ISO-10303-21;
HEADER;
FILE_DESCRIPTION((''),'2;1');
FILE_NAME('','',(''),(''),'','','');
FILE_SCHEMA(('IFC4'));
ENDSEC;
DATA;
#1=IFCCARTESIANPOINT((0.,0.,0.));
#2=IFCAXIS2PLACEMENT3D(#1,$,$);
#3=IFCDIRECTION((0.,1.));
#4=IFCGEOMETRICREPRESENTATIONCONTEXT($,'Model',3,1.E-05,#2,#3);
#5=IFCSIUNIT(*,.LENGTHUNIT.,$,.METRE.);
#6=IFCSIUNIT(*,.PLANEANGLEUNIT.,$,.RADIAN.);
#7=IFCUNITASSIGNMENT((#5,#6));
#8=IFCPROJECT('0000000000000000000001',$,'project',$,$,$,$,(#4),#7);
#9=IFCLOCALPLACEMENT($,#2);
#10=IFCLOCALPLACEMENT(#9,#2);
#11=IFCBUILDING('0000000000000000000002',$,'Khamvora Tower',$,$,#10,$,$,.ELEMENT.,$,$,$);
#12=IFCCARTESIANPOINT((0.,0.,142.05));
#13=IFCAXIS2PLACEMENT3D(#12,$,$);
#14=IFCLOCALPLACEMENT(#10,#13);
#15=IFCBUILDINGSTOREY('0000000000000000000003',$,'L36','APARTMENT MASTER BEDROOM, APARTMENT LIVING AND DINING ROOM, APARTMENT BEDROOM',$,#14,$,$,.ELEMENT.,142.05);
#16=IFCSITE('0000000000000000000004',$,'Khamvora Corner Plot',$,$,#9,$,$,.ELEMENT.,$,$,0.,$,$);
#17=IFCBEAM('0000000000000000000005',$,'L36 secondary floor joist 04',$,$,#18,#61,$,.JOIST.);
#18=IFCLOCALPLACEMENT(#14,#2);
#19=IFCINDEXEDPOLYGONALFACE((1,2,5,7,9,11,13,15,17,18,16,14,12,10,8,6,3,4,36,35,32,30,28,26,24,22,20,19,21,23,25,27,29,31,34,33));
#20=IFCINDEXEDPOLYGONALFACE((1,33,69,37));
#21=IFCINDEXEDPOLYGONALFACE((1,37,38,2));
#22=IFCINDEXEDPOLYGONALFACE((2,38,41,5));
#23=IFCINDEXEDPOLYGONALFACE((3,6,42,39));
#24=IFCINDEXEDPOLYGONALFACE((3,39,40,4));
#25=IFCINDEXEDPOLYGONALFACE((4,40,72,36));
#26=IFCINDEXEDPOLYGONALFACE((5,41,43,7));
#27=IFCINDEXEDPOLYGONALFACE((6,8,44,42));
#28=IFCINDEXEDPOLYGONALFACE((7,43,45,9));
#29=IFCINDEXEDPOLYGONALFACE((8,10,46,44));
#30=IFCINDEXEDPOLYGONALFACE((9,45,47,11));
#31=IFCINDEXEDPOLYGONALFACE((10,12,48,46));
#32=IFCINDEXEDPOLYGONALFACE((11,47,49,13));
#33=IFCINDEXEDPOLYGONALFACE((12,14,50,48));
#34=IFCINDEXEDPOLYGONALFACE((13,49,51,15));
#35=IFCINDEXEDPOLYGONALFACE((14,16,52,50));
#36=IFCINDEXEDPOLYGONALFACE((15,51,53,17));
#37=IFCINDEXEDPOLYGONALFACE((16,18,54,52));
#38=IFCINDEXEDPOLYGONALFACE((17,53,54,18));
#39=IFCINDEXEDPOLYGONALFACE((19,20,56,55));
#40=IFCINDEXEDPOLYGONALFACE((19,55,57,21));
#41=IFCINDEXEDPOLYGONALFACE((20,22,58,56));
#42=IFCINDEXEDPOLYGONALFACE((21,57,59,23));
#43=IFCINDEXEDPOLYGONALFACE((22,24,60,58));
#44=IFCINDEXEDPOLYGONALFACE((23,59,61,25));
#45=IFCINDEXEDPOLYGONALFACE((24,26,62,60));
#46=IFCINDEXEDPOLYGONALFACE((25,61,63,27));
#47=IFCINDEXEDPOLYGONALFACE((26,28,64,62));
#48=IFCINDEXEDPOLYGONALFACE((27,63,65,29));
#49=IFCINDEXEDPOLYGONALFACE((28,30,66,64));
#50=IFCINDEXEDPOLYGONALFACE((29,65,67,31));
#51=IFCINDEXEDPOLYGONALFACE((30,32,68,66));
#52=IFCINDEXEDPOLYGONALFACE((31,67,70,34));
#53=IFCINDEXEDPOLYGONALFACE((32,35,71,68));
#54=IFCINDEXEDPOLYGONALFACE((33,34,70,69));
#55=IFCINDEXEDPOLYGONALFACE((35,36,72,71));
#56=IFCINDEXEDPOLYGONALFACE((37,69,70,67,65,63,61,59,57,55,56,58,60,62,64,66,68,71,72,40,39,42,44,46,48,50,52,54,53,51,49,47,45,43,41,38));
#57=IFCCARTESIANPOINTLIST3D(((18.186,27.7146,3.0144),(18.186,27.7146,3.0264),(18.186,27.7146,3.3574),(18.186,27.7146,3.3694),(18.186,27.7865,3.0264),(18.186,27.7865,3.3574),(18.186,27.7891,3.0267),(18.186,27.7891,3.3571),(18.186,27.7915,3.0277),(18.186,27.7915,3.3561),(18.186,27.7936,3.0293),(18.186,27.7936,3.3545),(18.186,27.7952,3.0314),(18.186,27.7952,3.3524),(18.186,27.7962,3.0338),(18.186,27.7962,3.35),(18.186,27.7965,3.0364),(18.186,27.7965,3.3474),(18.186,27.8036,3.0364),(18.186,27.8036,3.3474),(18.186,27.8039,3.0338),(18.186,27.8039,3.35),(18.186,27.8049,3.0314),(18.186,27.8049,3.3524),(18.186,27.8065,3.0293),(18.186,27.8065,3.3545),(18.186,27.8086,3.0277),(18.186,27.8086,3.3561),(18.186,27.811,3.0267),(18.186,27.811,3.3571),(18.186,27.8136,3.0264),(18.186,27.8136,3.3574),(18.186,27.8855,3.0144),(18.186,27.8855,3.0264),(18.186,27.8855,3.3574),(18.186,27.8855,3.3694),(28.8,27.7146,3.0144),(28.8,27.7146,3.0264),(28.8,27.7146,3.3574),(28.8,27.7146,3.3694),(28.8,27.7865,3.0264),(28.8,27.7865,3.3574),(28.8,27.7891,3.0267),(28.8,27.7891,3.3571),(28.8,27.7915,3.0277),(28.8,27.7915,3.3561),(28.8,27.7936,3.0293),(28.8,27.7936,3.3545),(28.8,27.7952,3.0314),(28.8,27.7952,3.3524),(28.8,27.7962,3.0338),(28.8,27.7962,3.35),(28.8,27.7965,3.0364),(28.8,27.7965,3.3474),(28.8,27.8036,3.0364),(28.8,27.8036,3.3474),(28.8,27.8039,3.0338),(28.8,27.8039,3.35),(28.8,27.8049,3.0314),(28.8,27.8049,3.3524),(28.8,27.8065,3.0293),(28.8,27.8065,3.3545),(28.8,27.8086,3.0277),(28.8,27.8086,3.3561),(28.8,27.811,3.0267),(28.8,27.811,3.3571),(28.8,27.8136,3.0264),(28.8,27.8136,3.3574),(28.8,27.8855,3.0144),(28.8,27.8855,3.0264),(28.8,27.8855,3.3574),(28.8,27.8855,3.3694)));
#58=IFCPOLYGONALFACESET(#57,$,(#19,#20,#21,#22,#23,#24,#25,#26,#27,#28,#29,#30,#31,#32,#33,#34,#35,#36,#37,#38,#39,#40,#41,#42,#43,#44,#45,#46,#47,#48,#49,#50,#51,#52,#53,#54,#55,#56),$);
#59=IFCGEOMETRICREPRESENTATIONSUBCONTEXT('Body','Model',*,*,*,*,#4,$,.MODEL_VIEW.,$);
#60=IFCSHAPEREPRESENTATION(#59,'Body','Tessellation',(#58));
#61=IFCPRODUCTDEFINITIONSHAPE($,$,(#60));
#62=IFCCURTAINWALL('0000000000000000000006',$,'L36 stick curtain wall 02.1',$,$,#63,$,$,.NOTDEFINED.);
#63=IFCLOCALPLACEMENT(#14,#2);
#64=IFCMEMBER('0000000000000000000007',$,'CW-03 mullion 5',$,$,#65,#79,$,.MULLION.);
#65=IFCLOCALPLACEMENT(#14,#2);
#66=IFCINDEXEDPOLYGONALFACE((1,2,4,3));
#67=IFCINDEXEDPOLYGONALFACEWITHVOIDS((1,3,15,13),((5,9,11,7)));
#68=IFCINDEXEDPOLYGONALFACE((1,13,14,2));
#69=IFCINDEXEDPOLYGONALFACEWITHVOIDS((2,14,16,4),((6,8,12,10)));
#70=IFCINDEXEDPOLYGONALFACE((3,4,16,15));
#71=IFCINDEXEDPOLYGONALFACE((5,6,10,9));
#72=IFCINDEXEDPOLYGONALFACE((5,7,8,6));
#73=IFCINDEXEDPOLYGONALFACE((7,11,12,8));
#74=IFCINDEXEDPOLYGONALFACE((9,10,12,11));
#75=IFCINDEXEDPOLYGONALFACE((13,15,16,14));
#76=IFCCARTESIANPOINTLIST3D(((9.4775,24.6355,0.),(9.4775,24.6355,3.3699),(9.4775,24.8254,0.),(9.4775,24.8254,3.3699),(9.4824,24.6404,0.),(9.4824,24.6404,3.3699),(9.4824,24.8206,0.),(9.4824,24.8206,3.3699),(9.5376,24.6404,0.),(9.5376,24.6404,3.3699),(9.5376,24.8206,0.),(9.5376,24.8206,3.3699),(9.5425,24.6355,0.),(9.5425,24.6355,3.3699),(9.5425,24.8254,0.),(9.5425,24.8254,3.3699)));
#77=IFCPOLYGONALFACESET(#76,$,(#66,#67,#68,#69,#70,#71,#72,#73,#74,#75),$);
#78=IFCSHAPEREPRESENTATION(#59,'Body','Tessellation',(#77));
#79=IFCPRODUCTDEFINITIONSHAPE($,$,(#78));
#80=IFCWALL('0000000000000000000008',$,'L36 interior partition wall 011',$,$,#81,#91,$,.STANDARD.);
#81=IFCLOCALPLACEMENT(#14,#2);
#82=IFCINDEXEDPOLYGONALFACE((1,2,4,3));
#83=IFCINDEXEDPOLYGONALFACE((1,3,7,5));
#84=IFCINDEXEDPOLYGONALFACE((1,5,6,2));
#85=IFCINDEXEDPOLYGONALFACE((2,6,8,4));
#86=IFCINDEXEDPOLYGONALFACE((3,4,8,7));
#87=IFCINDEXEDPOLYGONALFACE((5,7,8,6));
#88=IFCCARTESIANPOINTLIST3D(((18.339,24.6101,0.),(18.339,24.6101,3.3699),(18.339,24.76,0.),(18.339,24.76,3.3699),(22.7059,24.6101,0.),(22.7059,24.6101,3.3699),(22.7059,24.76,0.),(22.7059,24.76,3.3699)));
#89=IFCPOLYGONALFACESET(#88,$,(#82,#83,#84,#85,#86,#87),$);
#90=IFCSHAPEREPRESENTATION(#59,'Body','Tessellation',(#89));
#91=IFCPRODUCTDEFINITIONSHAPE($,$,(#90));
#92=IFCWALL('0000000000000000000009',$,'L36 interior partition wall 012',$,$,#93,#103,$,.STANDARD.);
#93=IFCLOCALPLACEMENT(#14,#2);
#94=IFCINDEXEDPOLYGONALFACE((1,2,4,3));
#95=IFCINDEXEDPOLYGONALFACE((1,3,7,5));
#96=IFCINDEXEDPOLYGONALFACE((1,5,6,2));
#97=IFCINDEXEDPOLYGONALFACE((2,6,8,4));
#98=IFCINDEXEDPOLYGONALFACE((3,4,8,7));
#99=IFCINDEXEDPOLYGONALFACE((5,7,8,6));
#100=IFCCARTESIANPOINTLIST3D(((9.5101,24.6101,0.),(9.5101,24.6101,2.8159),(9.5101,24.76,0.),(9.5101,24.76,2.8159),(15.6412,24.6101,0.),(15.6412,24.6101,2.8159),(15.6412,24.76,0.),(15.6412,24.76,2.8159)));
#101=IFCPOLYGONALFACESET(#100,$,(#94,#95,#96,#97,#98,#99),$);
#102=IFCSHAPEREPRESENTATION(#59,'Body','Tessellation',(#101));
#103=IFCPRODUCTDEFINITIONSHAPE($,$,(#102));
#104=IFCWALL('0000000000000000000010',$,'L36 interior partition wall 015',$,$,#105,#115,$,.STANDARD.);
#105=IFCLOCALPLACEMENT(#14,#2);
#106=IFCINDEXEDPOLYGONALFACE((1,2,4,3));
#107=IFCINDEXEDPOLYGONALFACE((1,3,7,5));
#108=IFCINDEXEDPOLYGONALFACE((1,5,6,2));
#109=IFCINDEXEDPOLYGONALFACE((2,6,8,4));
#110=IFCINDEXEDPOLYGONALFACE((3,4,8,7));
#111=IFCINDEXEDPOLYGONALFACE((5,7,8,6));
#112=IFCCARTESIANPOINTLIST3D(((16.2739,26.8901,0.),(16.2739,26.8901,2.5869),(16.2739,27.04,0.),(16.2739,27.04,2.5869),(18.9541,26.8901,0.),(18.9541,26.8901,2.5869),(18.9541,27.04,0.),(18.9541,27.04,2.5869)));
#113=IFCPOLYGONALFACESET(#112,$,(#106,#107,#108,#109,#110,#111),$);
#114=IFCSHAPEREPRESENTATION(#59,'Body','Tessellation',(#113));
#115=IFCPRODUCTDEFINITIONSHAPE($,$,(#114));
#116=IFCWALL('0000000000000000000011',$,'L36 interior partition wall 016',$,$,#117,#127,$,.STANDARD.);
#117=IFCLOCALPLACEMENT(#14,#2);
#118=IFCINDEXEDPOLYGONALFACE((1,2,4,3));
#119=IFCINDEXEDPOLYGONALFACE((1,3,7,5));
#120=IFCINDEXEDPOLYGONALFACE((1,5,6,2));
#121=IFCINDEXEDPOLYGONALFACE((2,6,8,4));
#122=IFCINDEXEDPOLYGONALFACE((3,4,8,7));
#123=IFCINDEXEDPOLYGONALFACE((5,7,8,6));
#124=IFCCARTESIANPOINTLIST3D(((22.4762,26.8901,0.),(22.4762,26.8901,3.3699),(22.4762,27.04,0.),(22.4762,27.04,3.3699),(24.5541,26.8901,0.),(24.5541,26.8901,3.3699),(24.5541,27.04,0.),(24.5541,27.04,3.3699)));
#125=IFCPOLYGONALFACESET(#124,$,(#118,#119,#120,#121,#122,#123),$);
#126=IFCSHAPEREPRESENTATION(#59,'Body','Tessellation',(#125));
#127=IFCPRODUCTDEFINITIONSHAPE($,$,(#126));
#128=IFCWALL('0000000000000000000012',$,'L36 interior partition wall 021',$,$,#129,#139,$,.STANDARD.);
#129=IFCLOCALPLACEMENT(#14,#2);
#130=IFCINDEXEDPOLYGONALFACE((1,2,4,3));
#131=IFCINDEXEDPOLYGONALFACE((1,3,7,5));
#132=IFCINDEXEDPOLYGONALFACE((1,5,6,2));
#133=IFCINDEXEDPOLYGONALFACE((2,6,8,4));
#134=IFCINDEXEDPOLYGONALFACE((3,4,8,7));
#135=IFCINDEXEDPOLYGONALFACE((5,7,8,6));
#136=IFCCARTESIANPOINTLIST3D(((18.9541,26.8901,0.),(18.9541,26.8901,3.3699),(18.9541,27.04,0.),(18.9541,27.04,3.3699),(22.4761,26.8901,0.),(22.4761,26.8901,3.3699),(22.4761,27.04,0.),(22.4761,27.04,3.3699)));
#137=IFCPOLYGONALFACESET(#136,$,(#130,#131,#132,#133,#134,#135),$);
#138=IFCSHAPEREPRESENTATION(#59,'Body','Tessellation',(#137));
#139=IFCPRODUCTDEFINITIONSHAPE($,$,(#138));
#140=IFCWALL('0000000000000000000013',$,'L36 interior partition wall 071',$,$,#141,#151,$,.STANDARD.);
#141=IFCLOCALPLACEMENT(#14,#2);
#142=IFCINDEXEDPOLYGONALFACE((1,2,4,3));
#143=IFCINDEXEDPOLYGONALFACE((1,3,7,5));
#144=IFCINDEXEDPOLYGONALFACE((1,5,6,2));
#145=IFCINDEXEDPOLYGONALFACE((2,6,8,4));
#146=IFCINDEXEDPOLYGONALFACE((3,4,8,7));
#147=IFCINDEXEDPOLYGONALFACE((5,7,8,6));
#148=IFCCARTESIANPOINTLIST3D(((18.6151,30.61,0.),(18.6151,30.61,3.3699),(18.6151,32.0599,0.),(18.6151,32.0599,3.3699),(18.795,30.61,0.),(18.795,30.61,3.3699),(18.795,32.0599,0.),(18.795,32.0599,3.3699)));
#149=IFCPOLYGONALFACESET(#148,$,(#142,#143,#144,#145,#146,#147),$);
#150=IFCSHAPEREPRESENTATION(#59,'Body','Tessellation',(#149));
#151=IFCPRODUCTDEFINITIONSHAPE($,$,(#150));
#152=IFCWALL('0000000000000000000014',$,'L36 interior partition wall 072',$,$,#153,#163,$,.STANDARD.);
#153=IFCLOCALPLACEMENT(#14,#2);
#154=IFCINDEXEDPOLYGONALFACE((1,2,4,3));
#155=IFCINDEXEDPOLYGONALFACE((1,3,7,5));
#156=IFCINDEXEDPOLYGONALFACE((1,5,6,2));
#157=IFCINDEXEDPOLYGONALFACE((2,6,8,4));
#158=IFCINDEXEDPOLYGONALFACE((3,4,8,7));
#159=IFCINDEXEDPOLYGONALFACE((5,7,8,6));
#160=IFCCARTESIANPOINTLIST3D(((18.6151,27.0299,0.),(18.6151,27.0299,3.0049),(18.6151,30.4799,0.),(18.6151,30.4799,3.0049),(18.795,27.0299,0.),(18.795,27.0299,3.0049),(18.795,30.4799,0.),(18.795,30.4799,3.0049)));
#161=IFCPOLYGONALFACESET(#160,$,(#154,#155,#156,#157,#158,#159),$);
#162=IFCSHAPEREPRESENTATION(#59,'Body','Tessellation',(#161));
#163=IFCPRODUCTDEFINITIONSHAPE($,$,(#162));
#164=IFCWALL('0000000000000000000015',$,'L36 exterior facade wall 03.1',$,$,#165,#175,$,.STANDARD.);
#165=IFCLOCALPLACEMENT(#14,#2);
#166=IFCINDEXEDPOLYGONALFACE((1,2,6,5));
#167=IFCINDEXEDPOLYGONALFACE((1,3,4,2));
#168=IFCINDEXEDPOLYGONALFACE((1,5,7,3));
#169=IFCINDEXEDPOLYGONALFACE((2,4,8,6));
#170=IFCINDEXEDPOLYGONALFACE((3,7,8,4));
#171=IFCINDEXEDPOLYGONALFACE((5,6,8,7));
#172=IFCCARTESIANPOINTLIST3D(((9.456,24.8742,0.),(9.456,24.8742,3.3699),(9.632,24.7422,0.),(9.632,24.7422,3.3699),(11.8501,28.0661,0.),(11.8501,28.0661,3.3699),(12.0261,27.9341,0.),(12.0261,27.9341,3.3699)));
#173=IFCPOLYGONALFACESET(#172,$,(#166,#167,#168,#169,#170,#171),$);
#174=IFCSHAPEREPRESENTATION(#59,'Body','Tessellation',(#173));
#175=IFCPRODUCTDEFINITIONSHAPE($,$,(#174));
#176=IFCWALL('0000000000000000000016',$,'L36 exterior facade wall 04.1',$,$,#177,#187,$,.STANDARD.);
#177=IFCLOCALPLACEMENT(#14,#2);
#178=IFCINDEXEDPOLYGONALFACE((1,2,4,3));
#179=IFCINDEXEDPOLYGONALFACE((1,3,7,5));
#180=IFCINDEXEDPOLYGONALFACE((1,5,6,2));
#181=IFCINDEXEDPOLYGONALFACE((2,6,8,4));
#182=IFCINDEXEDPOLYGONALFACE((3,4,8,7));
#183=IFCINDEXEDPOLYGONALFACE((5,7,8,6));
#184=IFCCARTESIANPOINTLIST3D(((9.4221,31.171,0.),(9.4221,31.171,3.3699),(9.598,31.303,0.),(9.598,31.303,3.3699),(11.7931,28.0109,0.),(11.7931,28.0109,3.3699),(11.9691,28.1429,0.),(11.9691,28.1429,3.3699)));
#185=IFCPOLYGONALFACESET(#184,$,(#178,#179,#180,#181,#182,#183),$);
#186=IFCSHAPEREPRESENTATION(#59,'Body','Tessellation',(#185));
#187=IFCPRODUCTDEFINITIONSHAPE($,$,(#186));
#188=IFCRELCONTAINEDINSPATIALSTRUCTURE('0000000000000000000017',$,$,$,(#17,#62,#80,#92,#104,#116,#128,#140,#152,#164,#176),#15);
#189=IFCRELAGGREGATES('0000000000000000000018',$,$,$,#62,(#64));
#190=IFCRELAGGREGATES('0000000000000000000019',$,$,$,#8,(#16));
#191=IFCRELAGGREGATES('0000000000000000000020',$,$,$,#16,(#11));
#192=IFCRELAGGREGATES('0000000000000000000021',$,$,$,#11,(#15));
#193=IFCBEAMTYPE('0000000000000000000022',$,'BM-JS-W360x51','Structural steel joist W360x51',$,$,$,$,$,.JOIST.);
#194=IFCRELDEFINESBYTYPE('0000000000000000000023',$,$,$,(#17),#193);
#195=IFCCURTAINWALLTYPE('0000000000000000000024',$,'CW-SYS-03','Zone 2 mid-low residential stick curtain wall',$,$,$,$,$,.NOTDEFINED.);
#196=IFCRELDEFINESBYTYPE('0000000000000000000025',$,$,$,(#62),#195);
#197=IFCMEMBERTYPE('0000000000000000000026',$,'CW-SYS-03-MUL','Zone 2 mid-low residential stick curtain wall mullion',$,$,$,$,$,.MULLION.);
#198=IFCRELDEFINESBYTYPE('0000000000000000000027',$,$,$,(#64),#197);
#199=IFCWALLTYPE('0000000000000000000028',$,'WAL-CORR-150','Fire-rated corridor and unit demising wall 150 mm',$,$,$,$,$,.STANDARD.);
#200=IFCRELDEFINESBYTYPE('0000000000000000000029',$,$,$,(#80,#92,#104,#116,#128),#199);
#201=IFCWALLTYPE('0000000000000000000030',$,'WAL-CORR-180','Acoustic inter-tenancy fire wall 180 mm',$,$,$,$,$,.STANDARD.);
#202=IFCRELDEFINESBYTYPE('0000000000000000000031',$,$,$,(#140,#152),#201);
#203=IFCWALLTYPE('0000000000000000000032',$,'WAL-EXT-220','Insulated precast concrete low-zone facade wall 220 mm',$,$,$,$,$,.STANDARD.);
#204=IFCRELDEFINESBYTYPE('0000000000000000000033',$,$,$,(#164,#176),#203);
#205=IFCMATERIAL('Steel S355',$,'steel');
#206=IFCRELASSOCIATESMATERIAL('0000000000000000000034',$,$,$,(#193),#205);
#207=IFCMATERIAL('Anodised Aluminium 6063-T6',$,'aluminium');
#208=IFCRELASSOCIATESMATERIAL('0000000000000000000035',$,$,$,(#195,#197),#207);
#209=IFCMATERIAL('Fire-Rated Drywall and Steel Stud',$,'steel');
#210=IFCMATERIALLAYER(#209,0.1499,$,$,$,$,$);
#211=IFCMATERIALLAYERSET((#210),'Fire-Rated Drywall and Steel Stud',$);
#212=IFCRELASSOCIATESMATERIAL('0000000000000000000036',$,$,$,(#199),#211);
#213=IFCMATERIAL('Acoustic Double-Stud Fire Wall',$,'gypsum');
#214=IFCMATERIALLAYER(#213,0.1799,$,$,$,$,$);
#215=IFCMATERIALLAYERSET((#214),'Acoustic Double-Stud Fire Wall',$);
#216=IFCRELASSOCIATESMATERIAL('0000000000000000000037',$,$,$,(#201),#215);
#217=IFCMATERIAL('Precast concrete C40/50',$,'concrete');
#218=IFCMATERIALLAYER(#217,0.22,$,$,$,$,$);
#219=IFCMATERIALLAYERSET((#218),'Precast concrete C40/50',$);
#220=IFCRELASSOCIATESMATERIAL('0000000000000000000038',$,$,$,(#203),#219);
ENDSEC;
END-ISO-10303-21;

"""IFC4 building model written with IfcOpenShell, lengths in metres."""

from ifc_helpers import new_model, si_unit, direction, frame, frame_2d, origin, origin_2d, place, context, subcontext, project, spatial, rectangle, hollow_rectangle, i_section, extrude, material, layer, layer_set, material_profile, profile_set, type_object, element, aggregate, save


model = new_model("IFC4")

# Units and contexts
model_context = context("Model", 3, precision=1e-05, world=origin(), true_north=direction((0.0, 1.0)))
body_context = subcontext(model_context, "Body", "Model", "MODEL_VIEW")
ifc_project = project(units=[si_unit("LENGTHUNIT", "METRE"), si_unit("PLANEANGLEUNIT", "RADIAN")], contexts=[model_context])

# Site, building, storey
site_placement = place(None, origin())
site = spatial("IfcSite", under=ifc_project, at=site_placement, Name="Khamvora Corner Plot", CompositionType="ELEMENT", RefElevation=0.0)
building_placement = place(site_placement, origin())
building = spatial("IfcBuilding", under=site, at=building_placement, Name="Khamvora Tower", CompositionType="ELEMENT")
storey_placement = place(building_placement, frame((0.0, 0.0, 142.05)))
storey = spatial("IfcBuildingStorey", under=building, at=storey_placement, Name="L36", Description="APARTMENT MASTER BEDROOM, APARTMENT LIVING AND DINING ROOM, APARTMENT BEDROOM", CompositionType="ELEMENT", Elevation=142.05)

# Beam
ifc_material_1 = material(Name="Steel S355", Category="steel")
ifc_material_profile_1 = material_profile(ifc_material_1, i_section(OverallWidth=0.1709, OverallDepth=0.355, WebThickness=0.0071, FlangeThickness=0.012, FilletRadius=0.01, at=origin_2d()), Name="W360x51")
ifc_profile_set_1 = profile_set([ifc_material_profile_1], Name="Steel S355")
beam_type = type_object("IfcBeamType", Name="BM-JS-W360x51", Description="Structural steel joist W360x51", PredefinedType="JOIST", material=ifc_profile_set_1)
beam_placement = place(storey_placement, frame((18.186, 27.8, 3.1919), z_axis=(1.0, 0.0, 0.0), x_axis=(0.0, 1.0, 0.0)))
element("IfcBeam", 1, at=beam_placement, inside=storey, type_object=beam_type, Name="L36 secondary floor joist 04", PredefinedType="JOIST", context=body_context, shape_type="SweptSolid", body=[
    extrude(i_section(OverallWidth=0.1709, OverallDepth=0.355, WebThickness=0.0071, FlangeThickness=0.012, FilletRadius=0.01, at=origin_2d()), origin(), (0.0, 0.0, 1.0), 10.614),
])

# Curtain wall, member
ifc_material_2 = material(Name="Anodised Aluminium 6063-T6", Category="aluminium")
curtain_wall_type = type_object("IfcCurtainWallType", Name="CW-SYS-03", Description="Zone 2 mid-low residential stick curtain wall", PredefinedType="NOTDEFINED", material=ifc_material_2)
curtain_wall_placement = place(storey_placement, origin())
curtain_wall = element("IfcCurtainWall", 2, at=curtain_wall_placement, inside=storey, type_object=curtain_wall_type, Name="L36 stick curtain wall 02.1", PredefinedType="NOTDEFINED")
ifc_material_profile_2 = material_profile(ifc_material_2, hollow_rectangle(XDim=0.0649, YDim=0.1899, WallThickness=0.0049, at=origin_2d()), Name="MUL65x190x5")
ifc_profile_set_2 = profile_set([ifc_material_profile_2], Name="Anodised Aluminium 6063-T6")
member_type = type_object("IfcMemberType", Name="CW-SYS-03-MUL", Description="Zone 2 mid-low residential stick curtain wall mullion", PredefinedType="MULLION", material=ifc_profile_set_2)
member_placement = place(storey_placement, frame((9.51, 24.7305, 0.0), z_axis=(0.0, 0.0, 1.0), x_axis=(-1.0, 0.0, 0.0)))
member = element("IfcMember", 3, at=member_placement, type_object=member_type, Name="CW-03 mullion 5", PredefinedType="MULLION", context=body_context, shape_type="SweptSolid", body=[
    extrude(hollow_rectangle(XDim=0.0649, YDim=0.1899, WallThickness=0.0049, at=origin_2d()), origin(), (0.0, 0.0, 1.0), 3.3699),
])
aggregate(curtain_wall, [member])

# Shared definitions
ifc_material_3 = material(Name="Fire-Rated Drywall and Steel Stud", Category="steel")
ifc_layer_1 = layer(ifc_material_3, 0.1499)
ifc_layer_set_1 = layer_set([ifc_layer_1], Name="Fire-Rated Drywall and Steel Stud")
wall_type_1 = type_object("IfcWallType", Name="WAL-CORR-150", Description="Fire-rated corridor and unit demising wall 150 mm", PredefinedType="STANDARD", material=ifc_layer_set_1)

# Walls
wall_1_placement = place(storey_placement, frame((22.7061, 24.6851, 0.0), z_axis=(0.0, 0.0, 1.0), x_axis=(-1.0, 0.0, 0.0)))
element("IfcWall", 4, at=wall_1_placement, inside=storey, type_object=wall_type_1, Name="L36 interior partition wall 011", PredefinedType="STANDARD", context=body_context, shape_type="SweptSolid", body=[
    extrude(rectangle(XDim=4.3669, YDim=0.1499, at=frame_2d((2.1836, 0.0))), origin(), (0.0, 0.0, 1.0), 3.3699),
])
wall_2_placement = place(storey_placement, frame((15.6411, 24.6851, 0.0), z_axis=(0.0, 0.0, 1.0), x_axis=(-1.0, 0.0, 0.0)))
element("IfcWall", 5, at=wall_2_placement, inside=storey, type_object=wall_type_1, Name="L36 interior partition wall 012", PredefinedType="STANDARD", context=body_context, shape_type="SweptSolid", body=[
    extrude(rectangle(XDim=6.1311, YDim=0.1499, at=frame_2d((3.0654, 0.0))), origin(), (0.0, 0.0, 1.0), 2.8159),
])

# Walls
wall_3_placement = place(storey_placement, frame((16.2739, 26.9651, 0.0), z_axis=(0.0, 0.0, 1.0), x_axis=(1.0, 0.0, 0.0)))
element("IfcWall", 6, at=wall_3_placement, inside=storey, type_object=wall_type_1, Name="L36 interior partition wall 015", PredefinedType="STANDARD", context=body_context, shape_type="SweptSolid", body=[
    extrude(rectangle(XDim=2.6802, YDim=0.1499, at=frame_2d((1.3401, 0.0))), origin(), (0.0, 0.0, 1.0), 2.5869),
])
wall_4_placement = place(storey_placement, frame((22.4761, 26.9651, 0.0), z_axis=(0.0, 0.0, 1.0), x_axis=(1.0, 0.0, 0.0)))
element("IfcWall", 7, at=wall_4_placement, inside=storey, type_object=wall_type_1, Name="L36 interior partition wall 016", PredefinedType="STANDARD", context=body_context, shape_type="SweptSolid", body=[
    extrude(rectangle(XDim=2.0779, YDim=0.1499, at=frame_2d((1.0391, 0.0))), origin(), (0.0, 0.0, 1.0), 3.3699),
])
wall_5_placement = place(storey_placement, frame((18.9541, 26.9651, 0.0), z_axis=(0.0, 0.0, 1.0), x_axis=(1.0, 0.0, 0.0)))
element("IfcWall", 8, at=wall_5_placement, inside=storey, type_object=wall_type_1, Name="L36 interior partition wall 021", PredefinedType="STANDARD", context=body_context, shape_type="SweptSolid", body=[
    extrude(rectangle(XDim=3.522, YDim=0.1499, at=frame_2d((1.761, 0.0))), origin(), (0.0, 0.0, 1.0), 3.3699),
])
ifc_material_4 = material(Name="Acoustic Double-Stud Fire Wall", Category="gypsum")
ifc_layer_2 = layer(ifc_material_4, 0.1799)
ifc_layer_set_2 = layer_set([ifc_layer_2], Name="Acoustic Double-Stud Fire Wall")
wall_type_2 = type_object("IfcWallType", Name="WAL-CORR-180", Description="Acoustic inter-tenancy fire wall 180 mm", PredefinedType="STANDARD", material=ifc_layer_set_2)
wall_6_placement = place(storey_placement, frame((18.7051, 32.0601, 0.0), z_axis=(0.0, 0.0, 1.0), x_axis=(0.0, -1.0, 0.0)))
element("IfcWall", 9, at=wall_6_placement, inside=storey, type_object=wall_type_2, Name="L36 interior partition wall 071", PredefinedType="STANDARD", context=body_context, shape_type="SweptSolid", body=[
    extrude(rectangle(XDim=1.45, YDim=0.1799, at=frame_2d((0.7251, 0.0))), origin(), (0.0, 0.0, 1.0), 3.3699),
])
wall_7_placement = place(storey_placement, frame((18.7051, 30.48, 0.0), z_axis=(0.0, 0.0, 1.0), x_axis=(0.0, -1.0, 0.0)))
element("IfcWall", 10, at=wall_7_placement, inside=storey, type_object=wall_type_2, Name="L36 interior partition wall 072", PredefinedType="STANDARD", context=body_context, shape_type="SweptSolid", body=[
    extrude(rectangle(XDim=3.45, YDim=0.1799, at=frame_2d((1.7251, 0.0))), origin(), (0.0, 0.0, 1.0), 3.0049),
])
ifc_material_5 = material(Name="Precast concrete C40/50", Category="concrete")
ifc_layer_3 = layer(ifc_material_5, 0.22)
ifc_layer_set_3 = layer_set([ifc_layer_3], Name="Precast concrete C40/50")
wall_type_3 = type_object("IfcWallType", Name="WAL-EXT-220", Description="Insulated precast concrete low-zone facade wall 220 mm", PredefinedType="STANDARD", material=ifc_layer_set_3)
wall_8_placement = place(storey_placement, frame((9.5439, 24.8081, 0.0), z_axis=(0.0, 0.0, 1.0), x_axis=(0.60002, 0.799985, 0.0)))
element("IfcWall", 11, at=wall_8_placement, inside=storey, type_object=wall_type_3, Name="L36 exterior facade wall 03.1", PredefinedType="STANDARD", context=body_context, shape_type="SweptSolid", body=[
    extrude(rectangle(XDim=3.99, YDim=0.22, at=frame_2d((1.9951, 0.0))), origin(), (0.0, 0.0, 1.0), 3.3699),
])
wall_9_placement = place(storey_placement, frame((11.8811, 28.0769, 0.0), z_axis=(0.0, 0.0, 1.0), x_axis=(-0.600158, 0.799881, 0.0)))
element("IfcWall", 12, at=wall_9_placement, inside=storey, type_object=wall_type_3, Name="L36 exterior facade wall 04.1", PredefinedType="STANDARD", context=body_context, shape_type="SweptSolid", body=[
    extrude(rectangle(XDim=3.9507, YDim=0.22, at=frame_2d((1.9753, 0.0))), origin(), (0.0, 0.0, 1.0), 3.3699),
])

save(model, "model.ifc")
